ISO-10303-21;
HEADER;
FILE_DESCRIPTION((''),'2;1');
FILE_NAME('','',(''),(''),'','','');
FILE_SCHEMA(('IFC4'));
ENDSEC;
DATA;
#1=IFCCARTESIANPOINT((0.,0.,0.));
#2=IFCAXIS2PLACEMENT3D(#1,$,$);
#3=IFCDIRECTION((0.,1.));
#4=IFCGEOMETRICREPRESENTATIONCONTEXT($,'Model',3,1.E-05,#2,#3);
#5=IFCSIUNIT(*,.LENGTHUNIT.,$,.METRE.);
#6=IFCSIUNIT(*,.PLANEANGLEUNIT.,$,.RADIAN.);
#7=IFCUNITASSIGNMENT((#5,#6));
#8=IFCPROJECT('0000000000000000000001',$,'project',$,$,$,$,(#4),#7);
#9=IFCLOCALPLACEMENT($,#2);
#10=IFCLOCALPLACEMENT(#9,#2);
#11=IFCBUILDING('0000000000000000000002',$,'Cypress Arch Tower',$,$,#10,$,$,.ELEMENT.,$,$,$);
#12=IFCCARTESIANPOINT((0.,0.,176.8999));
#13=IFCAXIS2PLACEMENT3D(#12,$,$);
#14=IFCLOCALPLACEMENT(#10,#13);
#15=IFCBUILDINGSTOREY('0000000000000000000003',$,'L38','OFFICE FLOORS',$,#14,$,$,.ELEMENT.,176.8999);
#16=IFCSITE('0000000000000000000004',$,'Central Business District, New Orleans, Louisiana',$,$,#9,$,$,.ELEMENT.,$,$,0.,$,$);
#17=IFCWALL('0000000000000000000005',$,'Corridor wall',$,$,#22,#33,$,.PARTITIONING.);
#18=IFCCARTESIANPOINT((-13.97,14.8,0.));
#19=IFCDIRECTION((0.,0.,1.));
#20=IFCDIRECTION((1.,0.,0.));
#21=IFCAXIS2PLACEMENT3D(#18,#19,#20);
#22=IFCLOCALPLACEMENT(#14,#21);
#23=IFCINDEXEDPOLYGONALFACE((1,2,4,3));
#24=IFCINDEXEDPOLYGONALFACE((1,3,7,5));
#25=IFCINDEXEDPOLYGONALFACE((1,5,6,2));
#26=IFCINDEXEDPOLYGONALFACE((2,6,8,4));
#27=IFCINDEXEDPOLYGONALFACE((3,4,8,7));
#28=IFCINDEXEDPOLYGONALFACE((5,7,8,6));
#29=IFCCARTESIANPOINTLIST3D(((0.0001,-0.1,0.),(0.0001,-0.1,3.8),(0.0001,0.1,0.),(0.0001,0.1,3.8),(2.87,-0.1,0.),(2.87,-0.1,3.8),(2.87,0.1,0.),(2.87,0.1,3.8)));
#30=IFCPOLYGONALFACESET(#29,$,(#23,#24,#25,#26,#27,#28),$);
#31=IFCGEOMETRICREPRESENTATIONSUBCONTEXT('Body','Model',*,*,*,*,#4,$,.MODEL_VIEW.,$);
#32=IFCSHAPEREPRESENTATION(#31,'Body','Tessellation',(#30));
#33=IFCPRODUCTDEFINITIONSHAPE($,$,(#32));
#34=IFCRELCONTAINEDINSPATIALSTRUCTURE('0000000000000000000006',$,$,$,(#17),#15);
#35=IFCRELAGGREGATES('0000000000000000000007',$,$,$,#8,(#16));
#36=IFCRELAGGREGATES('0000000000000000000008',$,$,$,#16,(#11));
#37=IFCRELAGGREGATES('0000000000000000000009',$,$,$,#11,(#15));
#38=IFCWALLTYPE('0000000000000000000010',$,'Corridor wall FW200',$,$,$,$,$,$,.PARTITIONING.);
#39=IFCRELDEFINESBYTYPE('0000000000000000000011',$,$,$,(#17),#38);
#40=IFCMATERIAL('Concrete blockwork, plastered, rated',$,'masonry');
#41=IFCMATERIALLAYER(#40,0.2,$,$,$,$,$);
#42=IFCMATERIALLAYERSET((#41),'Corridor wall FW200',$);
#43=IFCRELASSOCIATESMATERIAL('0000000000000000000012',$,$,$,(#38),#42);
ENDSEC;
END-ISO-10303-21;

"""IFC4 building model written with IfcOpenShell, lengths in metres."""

from ifc_helpers import new_model, si_unit, direction, frame, frame_2d, origin, place, context, subcontext, project, spatial, rectangle, extrude, material, layer, layer_set, type_object, element, save


model = new_model("IFC4")

# Units and contexts
model_context = context("Model", 3, precision=1e-05, world=origin(), true_north=direction((0.0, 1.0)))
body_context = subcontext(model_context, "Body", "Model", "MODEL_VIEW")
ifc_project = project(units=[si_unit("LENGTHUNIT", "METRE"), si_unit("PLANEANGLEUNIT", "RADIAN")], contexts=[model_context])

# Site, building, storey
site_placement = place(None, origin())
site = spatial("IfcSite", under=ifc_project, at=site_placement, Name="Central Business District, New Orleans, Louisiana", CompositionType="ELEMENT", RefElevation=0.0)
building_placement = place(site_placement, origin())
building = spatial("IfcBuilding", under=site, at=building_placement, Name="Cypress Arch Tower", CompositionType="ELEMENT")
storey_placement = place(building_placement, frame((0.0, 0.0, 176.8999)))
storey = spatial("IfcBuildingStorey", under=building, at=storey_placement, Name="L38", Description="OFFICE FLOORS", CompositionType="ELEMENT", Elevation=176.8999)

# Wall
ifc_material_1 = material(Name="Concrete blockwork, plastered, rated", Category="masonry")
ifc_layer_1 = layer(ifc_material_1, 0.2)
ifc_layer_set_1 = layer_set([ifc_layer_1], Name="Corridor wall FW200")
wall_type_1 = type_object("IfcWallType", Name="Corridor wall FW200", PredefinedType="PARTITIONING", material=ifc_layer_set_1)
wall_1_placement = place(storey_placement, frame((-13.97, 14.8, 0.0), z_axis=(0.0, 0.0, 1.0), x_axis=(1.0, 0.0, 0.0)))
element("IfcWall", 1, at=wall_1_placement, inside=storey, type_object=wall_type_1, Name="Corridor wall", PredefinedType="PARTITIONING", context=body_context, shape_type="SweptSolid", body=[
    extrude(rectangle(XDim=2.8699, YDim=0.2, at=frame_2d((1.4351, 0.0))), origin(), (0.0, 0.0, 1.0), 3.8),
])

save(model, "model.ifc")
